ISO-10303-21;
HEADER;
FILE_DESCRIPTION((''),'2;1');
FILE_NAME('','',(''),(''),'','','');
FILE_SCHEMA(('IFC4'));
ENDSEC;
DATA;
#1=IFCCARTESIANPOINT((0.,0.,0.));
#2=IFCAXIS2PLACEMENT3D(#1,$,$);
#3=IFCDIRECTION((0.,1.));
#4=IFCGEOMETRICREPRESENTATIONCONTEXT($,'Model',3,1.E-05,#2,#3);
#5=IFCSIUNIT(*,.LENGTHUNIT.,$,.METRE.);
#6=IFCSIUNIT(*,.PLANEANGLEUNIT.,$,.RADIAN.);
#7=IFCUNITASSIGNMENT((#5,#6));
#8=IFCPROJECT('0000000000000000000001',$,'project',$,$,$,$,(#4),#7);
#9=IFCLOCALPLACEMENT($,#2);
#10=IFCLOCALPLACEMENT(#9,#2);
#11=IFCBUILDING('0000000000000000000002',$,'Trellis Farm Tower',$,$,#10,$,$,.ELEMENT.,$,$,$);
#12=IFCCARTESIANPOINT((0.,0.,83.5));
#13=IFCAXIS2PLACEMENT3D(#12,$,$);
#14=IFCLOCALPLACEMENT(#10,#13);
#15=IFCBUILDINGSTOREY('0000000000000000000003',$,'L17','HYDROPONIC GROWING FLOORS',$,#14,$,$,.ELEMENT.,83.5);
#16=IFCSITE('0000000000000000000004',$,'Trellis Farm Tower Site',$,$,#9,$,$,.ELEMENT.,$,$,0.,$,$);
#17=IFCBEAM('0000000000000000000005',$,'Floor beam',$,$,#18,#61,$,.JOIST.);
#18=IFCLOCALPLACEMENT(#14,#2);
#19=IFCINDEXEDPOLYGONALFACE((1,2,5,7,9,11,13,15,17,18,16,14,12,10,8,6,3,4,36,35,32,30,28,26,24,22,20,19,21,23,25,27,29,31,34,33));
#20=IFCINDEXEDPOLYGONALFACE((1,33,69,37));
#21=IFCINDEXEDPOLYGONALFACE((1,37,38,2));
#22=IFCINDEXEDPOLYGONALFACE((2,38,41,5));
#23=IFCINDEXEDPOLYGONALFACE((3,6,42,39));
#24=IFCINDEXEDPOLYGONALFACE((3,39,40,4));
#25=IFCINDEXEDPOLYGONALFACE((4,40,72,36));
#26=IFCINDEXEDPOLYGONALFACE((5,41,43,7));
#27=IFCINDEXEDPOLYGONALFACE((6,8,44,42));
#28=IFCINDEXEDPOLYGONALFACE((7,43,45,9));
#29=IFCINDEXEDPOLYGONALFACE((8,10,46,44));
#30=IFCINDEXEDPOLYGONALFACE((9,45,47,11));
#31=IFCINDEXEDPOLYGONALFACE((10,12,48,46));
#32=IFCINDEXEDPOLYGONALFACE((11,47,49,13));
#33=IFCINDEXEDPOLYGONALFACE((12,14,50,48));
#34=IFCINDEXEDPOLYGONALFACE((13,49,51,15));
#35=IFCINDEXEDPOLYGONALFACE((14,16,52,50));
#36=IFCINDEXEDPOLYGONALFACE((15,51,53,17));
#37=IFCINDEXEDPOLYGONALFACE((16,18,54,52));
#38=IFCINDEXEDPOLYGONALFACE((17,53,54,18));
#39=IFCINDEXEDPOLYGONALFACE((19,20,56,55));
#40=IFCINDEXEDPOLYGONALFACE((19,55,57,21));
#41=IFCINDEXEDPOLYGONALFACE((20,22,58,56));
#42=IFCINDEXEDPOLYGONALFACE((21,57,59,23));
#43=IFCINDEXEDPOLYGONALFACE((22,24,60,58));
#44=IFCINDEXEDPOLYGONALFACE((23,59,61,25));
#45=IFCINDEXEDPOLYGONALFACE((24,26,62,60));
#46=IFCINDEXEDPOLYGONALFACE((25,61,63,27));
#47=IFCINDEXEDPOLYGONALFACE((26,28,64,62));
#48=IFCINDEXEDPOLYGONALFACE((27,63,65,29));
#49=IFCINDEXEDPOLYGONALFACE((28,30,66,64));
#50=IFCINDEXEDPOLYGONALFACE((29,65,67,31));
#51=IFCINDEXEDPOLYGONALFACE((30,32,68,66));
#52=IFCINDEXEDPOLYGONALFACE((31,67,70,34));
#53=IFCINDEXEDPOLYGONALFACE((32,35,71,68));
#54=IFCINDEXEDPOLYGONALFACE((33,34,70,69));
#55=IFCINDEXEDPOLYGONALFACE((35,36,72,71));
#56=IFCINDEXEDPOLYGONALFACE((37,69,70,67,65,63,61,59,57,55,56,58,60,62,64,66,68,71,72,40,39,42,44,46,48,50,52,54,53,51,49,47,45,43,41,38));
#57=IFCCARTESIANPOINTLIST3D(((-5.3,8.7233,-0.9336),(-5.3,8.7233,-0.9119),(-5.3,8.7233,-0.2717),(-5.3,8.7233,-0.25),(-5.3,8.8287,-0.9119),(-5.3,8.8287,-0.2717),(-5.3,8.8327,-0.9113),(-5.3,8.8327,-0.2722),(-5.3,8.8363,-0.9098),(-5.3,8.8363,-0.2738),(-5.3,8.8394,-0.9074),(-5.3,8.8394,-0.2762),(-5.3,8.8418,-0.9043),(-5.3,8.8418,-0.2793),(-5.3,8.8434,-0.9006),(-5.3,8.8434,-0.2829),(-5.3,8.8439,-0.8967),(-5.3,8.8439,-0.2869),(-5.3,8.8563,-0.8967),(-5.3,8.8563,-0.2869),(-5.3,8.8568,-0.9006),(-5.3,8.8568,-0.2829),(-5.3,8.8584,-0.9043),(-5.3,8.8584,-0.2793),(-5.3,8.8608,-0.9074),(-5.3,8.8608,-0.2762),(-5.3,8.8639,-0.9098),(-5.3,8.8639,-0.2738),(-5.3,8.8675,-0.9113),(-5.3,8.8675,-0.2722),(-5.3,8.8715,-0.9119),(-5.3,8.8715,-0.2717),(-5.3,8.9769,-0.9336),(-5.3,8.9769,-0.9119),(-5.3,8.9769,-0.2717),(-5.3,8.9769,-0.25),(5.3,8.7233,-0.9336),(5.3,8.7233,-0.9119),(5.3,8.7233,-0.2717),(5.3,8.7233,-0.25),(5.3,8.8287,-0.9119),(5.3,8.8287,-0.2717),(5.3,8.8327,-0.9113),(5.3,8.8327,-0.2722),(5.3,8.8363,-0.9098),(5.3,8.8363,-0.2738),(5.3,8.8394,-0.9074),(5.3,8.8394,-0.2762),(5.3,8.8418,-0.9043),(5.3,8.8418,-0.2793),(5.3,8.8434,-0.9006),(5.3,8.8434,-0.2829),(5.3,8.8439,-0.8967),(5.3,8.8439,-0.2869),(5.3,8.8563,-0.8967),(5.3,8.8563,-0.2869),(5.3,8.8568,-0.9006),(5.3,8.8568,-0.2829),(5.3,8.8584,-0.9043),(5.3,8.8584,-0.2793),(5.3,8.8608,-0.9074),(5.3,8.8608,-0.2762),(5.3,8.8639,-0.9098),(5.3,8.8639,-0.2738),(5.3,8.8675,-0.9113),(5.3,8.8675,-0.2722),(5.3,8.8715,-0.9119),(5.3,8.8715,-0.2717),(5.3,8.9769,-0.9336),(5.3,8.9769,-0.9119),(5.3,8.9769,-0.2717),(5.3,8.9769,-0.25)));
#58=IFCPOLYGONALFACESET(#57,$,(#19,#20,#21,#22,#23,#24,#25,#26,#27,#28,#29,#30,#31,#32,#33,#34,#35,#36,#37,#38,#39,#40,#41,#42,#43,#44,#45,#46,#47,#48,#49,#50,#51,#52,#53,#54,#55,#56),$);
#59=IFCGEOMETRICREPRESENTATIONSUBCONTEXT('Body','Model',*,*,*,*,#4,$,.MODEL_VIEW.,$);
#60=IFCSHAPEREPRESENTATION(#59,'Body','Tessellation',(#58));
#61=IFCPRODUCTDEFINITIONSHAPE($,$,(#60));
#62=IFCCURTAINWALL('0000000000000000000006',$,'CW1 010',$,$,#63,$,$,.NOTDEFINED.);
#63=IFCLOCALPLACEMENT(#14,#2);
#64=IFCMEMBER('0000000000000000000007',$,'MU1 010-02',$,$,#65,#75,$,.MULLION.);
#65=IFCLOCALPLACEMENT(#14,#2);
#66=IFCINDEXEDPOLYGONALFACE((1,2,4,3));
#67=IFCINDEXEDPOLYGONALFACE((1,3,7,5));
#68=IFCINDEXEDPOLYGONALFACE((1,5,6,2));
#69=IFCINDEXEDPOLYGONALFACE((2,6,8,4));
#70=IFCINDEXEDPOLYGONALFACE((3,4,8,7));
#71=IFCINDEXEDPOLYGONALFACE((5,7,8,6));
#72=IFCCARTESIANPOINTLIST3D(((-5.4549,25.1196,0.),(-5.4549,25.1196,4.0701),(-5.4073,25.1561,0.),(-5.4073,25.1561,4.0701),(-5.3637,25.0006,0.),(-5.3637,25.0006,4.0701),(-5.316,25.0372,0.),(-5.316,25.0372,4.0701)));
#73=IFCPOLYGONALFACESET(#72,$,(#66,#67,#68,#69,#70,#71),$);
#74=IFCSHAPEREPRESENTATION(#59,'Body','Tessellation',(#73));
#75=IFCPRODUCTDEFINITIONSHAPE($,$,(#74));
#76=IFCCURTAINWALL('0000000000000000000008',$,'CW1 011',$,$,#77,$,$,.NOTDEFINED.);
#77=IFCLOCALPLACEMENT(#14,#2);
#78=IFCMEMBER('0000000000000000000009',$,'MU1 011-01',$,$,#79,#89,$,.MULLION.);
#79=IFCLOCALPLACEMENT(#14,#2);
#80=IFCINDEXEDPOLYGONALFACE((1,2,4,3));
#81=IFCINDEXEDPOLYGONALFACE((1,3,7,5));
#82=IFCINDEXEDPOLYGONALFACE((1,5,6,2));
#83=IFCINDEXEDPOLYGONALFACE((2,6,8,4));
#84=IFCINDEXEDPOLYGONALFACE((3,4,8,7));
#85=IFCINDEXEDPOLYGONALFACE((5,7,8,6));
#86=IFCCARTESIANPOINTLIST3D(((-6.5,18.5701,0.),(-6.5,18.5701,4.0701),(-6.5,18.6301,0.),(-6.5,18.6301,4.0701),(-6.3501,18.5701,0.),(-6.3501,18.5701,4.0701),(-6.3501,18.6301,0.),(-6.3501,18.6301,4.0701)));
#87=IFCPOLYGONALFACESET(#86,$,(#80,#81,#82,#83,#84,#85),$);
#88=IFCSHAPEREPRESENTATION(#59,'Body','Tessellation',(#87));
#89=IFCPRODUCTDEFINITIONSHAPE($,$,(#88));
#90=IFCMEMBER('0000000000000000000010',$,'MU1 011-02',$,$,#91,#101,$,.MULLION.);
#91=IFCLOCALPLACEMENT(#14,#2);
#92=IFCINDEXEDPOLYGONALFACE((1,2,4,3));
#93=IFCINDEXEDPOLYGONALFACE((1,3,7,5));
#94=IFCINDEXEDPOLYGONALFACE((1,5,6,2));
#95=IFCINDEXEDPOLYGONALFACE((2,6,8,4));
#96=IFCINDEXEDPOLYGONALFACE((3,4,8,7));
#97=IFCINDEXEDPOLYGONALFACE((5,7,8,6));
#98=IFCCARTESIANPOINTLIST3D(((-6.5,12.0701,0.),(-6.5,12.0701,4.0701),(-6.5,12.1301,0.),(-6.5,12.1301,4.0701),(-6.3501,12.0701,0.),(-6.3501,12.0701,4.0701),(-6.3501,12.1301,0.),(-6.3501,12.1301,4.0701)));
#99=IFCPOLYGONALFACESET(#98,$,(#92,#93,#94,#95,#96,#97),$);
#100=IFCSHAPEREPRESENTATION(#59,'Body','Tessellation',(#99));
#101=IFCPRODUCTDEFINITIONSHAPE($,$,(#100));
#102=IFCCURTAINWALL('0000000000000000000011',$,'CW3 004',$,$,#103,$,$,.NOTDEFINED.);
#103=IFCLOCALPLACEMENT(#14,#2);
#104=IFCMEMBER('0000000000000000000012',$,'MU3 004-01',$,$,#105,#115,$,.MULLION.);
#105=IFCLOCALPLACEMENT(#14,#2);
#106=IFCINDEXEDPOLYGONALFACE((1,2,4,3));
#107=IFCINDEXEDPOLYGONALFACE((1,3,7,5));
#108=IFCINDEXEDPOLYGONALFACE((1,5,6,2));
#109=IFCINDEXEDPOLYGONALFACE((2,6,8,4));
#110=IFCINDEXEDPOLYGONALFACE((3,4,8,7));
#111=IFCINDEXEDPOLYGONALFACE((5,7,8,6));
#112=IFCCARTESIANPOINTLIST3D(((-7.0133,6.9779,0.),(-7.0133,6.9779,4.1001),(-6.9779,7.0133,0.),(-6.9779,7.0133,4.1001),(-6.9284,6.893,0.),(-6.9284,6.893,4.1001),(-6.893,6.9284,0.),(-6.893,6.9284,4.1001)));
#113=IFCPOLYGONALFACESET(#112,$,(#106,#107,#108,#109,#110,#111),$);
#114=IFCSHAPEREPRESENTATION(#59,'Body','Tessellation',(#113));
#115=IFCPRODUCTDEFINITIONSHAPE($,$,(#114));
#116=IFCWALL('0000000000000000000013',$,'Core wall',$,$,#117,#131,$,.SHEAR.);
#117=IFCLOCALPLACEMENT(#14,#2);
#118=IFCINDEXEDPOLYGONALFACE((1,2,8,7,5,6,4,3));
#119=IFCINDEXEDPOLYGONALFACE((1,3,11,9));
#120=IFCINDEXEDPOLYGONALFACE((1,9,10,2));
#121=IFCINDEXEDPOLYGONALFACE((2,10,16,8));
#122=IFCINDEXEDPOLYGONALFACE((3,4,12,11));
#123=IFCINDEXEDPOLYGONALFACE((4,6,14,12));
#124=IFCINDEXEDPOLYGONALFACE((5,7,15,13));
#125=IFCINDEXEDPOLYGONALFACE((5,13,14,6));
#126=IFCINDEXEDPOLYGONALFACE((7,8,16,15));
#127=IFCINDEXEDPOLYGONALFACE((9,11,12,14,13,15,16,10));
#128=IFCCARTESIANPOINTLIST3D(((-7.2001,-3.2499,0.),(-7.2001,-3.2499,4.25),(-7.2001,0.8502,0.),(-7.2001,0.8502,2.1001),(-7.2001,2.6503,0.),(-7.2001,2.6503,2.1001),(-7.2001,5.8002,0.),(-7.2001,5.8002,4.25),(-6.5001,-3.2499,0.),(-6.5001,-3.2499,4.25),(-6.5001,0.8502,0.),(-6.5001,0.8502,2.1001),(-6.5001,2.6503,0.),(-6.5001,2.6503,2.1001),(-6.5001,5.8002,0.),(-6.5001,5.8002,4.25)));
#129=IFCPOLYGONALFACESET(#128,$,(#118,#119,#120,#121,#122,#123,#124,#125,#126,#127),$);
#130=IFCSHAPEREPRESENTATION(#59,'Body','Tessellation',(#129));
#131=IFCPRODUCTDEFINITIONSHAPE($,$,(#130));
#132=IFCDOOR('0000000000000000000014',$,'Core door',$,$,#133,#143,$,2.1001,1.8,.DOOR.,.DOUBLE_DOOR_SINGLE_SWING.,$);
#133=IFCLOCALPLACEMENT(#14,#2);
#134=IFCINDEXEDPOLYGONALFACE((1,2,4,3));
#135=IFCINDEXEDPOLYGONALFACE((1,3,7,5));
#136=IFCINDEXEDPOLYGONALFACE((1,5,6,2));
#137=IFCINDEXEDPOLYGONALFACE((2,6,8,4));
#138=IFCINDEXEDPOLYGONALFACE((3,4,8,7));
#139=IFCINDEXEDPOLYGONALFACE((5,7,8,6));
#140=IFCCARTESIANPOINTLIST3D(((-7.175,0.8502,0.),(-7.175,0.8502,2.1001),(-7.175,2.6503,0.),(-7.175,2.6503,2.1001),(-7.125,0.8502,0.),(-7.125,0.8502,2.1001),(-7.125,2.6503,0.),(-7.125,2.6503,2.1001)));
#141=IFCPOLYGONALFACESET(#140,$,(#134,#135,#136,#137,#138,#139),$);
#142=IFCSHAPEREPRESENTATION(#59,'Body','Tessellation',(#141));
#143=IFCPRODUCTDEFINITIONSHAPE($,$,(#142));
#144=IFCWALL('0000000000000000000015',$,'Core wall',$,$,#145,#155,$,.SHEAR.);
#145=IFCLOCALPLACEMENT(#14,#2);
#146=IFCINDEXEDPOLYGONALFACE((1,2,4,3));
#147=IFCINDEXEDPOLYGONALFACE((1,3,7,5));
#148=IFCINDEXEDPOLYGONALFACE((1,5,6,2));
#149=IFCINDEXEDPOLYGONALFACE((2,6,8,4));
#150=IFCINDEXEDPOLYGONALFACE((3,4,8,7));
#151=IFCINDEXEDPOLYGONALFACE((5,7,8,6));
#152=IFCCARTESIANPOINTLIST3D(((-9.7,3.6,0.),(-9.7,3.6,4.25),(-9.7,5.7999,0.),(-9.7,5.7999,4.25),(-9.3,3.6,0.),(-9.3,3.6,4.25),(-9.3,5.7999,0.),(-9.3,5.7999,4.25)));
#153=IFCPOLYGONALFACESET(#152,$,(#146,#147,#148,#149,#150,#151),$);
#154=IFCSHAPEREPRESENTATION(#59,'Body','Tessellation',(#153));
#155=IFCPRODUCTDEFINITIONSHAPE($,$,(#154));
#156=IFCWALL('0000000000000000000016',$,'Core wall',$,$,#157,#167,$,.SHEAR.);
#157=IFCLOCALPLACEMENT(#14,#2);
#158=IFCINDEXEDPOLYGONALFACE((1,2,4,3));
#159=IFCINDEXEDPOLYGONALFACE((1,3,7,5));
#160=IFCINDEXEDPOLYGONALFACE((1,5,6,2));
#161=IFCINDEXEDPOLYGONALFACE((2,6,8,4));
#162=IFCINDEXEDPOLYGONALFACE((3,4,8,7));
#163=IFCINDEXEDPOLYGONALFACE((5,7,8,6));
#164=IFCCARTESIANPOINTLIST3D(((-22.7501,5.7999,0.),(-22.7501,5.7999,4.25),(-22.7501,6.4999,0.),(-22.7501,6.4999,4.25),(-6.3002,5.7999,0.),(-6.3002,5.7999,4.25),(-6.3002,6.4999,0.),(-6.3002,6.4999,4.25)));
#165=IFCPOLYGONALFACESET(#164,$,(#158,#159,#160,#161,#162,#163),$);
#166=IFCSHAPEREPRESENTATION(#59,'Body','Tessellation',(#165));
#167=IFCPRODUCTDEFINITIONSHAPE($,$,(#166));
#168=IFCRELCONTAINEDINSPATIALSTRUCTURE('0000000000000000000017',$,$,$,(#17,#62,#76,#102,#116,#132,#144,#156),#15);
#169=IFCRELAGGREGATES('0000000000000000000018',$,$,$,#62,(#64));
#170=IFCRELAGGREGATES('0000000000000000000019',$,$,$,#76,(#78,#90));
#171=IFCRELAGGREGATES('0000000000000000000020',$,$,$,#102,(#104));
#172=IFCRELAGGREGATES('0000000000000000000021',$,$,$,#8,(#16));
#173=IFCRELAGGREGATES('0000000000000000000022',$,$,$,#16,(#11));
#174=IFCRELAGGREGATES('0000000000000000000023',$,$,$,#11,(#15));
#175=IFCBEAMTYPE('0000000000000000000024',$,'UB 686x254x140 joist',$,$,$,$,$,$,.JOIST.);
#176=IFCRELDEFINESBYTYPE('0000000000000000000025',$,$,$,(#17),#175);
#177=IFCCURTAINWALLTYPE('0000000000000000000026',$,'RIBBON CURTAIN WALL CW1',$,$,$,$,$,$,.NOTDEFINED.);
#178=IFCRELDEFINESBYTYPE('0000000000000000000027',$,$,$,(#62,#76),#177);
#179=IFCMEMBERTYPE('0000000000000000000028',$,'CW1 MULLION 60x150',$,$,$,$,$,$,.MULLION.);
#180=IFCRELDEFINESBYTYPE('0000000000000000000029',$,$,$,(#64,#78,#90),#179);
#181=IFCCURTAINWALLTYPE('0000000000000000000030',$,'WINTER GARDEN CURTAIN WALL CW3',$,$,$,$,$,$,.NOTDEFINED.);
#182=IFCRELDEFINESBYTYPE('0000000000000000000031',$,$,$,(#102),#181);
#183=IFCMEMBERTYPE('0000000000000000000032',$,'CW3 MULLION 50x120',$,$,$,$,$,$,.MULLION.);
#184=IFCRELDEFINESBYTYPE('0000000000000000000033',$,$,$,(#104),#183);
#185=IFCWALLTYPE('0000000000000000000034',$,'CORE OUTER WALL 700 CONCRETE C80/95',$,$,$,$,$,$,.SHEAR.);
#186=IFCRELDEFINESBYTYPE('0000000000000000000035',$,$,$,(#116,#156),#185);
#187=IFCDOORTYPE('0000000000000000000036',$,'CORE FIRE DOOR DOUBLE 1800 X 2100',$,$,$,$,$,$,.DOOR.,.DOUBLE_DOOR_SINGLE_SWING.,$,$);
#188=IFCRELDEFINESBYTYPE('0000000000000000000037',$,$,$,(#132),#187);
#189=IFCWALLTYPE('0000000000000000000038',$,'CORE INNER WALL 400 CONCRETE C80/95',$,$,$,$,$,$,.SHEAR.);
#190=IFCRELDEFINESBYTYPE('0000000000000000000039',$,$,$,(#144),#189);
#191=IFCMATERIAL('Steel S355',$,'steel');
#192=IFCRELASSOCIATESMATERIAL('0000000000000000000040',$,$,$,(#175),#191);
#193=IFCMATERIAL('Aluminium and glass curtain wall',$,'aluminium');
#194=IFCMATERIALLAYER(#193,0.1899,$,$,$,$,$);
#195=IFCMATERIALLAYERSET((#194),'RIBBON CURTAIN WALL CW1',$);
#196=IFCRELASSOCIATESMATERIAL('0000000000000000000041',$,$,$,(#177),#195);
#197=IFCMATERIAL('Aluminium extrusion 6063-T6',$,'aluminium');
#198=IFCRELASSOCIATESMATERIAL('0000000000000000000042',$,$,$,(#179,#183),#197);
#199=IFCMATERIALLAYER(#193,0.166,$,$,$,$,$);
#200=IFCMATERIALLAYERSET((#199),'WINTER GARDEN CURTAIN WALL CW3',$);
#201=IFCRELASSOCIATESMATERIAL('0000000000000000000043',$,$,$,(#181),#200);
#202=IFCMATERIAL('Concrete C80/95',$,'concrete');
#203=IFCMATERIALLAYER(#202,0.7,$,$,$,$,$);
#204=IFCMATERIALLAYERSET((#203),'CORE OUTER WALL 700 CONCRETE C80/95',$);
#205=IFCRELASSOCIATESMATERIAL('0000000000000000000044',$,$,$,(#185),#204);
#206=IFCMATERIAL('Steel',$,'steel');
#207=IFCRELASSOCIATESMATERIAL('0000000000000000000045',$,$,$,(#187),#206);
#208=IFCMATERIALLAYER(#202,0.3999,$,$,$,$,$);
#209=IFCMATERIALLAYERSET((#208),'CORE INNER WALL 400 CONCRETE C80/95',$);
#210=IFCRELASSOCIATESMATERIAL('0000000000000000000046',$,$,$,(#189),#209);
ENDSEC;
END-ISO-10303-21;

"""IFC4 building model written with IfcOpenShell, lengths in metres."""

from ifc_helpers import new_model, si_unit, direction, frame, frame_2d, origin, origin_2d, place, context, subcontext, project, spatial, rectangle, i_section, extrude, source, transform, mapped, material, layer, layer_set, material_profile, profile_set, type_object, element, fill, aggregate, save


model = new_model("IFC4")

# Units and contexts
model_context = context("Model", 3, precision=1e-05, world=origin(), true_north=direction((0.0, 1.0)))
body_context = subcontext(model_context, "Body", "Model", "MODEL_VIEW")
ifc_project = project(units=[si_unit("LENGTHUNIT", "METRE"), si_unit("PLANEANGLEUNIT", "RADIAN")], contexts=[model_context])

# Site, building, storey
site_placement = place(None, origin())
site = spatial("IfcSite", under=ifc_project, at=site_placement, Name="Trellis Farm Tower Site", CompositionType="ELEMENT", RefElevation=0.0)
building_placement = place(site_placement, origin())
building = spatial("IfcBuilding", under=site, at=building_placement, Name="Trellis Farm Tower", CompositionType="ELEMENT")
storey_placement = place(building_placement, frame((0.0, 0.0, 83.5)))
storey = spatial("IfcBuildingStorey", under=building, at=storey_placement, Name="L17", Description="HYDROPONIC GROWING FLOORS", CompositionType="ELEMENT", Elevation=83.5)

# Shared definitions
ifc_material_1 = material(Name="Concrete C80/95", Category="concrete")

# Beam
ifc_material_2 = material(Name="Steel S355", Category="steel")
ifc_material_profile_1 = material_profile(ifc_material_2, i_section(OverallWidth=0.2537, OverallDepth=0.6836, WebThickness=0.0125, FlangeThickness=0.0217, FilletRadius=0.0151, at=origin_2d()), Name="UB 686x254x140")
ifc_profile_set_1 = profile_set([ifc_material_profile_1], Name="Steel S355")
beam_type_1 = type_object("IfcBeamType", Name="UB 686x254x140 joist", PredefinedType="JOIST", material=ifc_profile_set_1)
shared_shape_1 = source(origin(), body_context, "Body", "SweptSolid", [
    extrude(i_section(OverallWidth=0.2537, OverallDepth=0.6836, WebThickness=0.0125, FlangeThickness=0.0217, FilletRadius=0.0151, at=origin_2d()), origin(), (0.0, 0.0, 1.0), 10.6001),
])
beam_1_placement = place(storey_placement, frame((-5.3, 8.8501, -0.5918), z_axis=(1.0, 0.0, 0.0), x_axis=(0.0, 1.0, 0.0)))
element("IfcBeam", 1, at=beam_1_placement, inside=storey, type_object=beam_type_1, Name="Floor beam", PredefinedType="JOIST", context=body_context, shape_type="MappedRepresentation", body=[
    mapped(shared_shape_1, transform((0.0, 0.0, 0.0))),
])

# Curtain wall, member
ifc_material_3 = material(Name="Aluminium and glass curtain wall", Category="aluminium")
ifc_layer_1 = layer(ifc_material_3, 0.1899)
ifc_layer_set_1 = layer_set([ifc_layer_1], Name="RIBBON CURTAIN WALL CW1")
curtain_wall_type_1 = type_object("IfcCurtainWallType", Name="RIBBON CURTAIN WALL CW1", PredefinedType="NOTDEFINED", material=ifc_layer_set_1)
placement = place(storey_placement, origin())
curtain_wall_1 = element("IfcCurtainWall", 2, at=placement, inside=storey, type_object=curtain_wall_type_1, Name="CW1 010", PredefinedType="NOTDEFINED")
ifc_material_4 = material(Name="Aluminium extrusion 6063-T6", Category="aluminium")
ifc_material_profile_2 = material_profile(ifc_material_4, rectangle(XDim=0.0601, YDim=0.1499, at=origin_2d()), Name="MULLION 60x150")
ifc_profile_set_2 = profile_set([ifc_material_profile_2], Name="Aluminium extrusion 6063-T6")
member_type_1 = type_object("IfcMemberType", Name="CW1 MULLION 60x150", PredefinedType="MULLION", material=ifc_profile_set_2)
shared_shape_2 = source(origin(), body_context, "Body", "SweptSolid", [
    extrude(rectangle(XDim=0.0601, YDim=0.1499, at=origin_2d()), origin(), (0.0, 0.0, 1.0), 4.0701),
])
member_1_placement = place(storey_placement, frame((-5.3855, 25.0784, 0.0), z_axis=(0.0, 0.0, 1.0), x_axis=(-0.793353, -0.608761, 0.0)))
member_1 = element("IfcMember", 3, at=member_1_placement, type_object=member_type_1, Name="MU1 010-02", PredefinedType="MULLION", context=body_context, shape_type="MappedRepresentation", body=[
    mapped(shared_shape_2, transform((0.0, 0.0, 0.0))),
])
aggregate(curtain_wall_1, [member_1])

# Curtain wall, members
curtain_wall_2 = element("IfcCurtainWall", 4, at=placement, inside=storey, type_object=curtain_wall_type_1, Name="CW1 011", PredefinedType="NOTDEFINED")
member_2_placement = place(storey_placement, frame((-6.425, 18.6001, 0.0), z_axis=(0.0, 0.0, 1.0), x_axis=(0.0, -1.0, 0.0)))
member_2 = element("IfcMember", 5, at=member_2_placement, type_object=member_type_1, Name="MU1 011-01", PredefinedType="MULLION", context=body_context, shape_type="MappedRepresentation", body=[
    mapped(shared_shape_2, transform((0.0, 0.0, 0.0))),
])
member_3_placement = place(storey_placement, frame((-6.425, 12.1001, 0.0), z_axis=(0.0, 0.0, 1.0), x_axis=(0.0, -1.0, 0.0)))
member_3 = element("IfcMember", 6, at=member_3_placement, type_object=member_type_1, Name="MU1 011-02", PredefinedType="MULLION", context=body_context, shape_type="MappedRepresentation", body=[
    mapped(shared_shape_2, transform((0.0, 0.0, 0.0))),
])
aggregate(curtain_wall_2, [member_2, member_3])

# Curtain wall, member
ifc_layer_2 = layer(ifc_material_3, 0.166)
ifc_layer_set_2 = layer_set([ifc_layer_2], Name="WINTER GARDEN CURTAIN WALL CW3")
curtain_wall_type_2 = type_object("IfcCurtainWallType", Name="WINTER GARDEN CURTAIN WALL CW3", PredefinedType="NOTDEFINED", material=ifc_layer_set_2)
curtain_wall_3 = element("IfcCurtainWall", 7, at=placement, inside=storey, type_object=curtain_wall_type_2, Name="CW3 004", PredefinedType="NOTDEFINED")
ifc_material_profile_3 = material_profile(ifc_material_4, rectangle(XDim=0.05, YDim=0.1201, at=origin_2d()), Name="MULLION 50x120")
ifc_profile_set_3 = profile_set([ifc_material_profile_3], Name="Aluminium extrusion 6063-T6")
member_type_2 = type_object("IfcMemberType", Name="CW3 MULLION 50x120", PredefinedType="MULLION", material=ifc_profile_set_3)
shared_shape_3 = source(origin(), body_context, "Body", "SweptSolid", [
    extrude(rectangle(XDim=0.05, YDim=0.1201, at=origin_2d()), origin(), (0.0, 0.0, 1.0), 4.1001),
])
member_4_placement = place(storey_placement, frame((-6.9531, 6.9531, 0.0), z_axis=(0.0, 0.0, 1.0), x_axis=(-0.707107, -0.707107, 0.0)))
member_4 = element("IfcMember", 8, at=member_4_placement, type_object=member_type_2, Name="MU3 004-01", PredefinedType="MULLION", context=body_context, shape_type="MappedRepresentation", body=[
    mapped(shared_shape_3, transform((0.0, 0.0, 0.0))),
])
aggregate(curtain_wall_3, [member_4])

# Wall, opening, door
ifc_layer_3 = layer(ifc_material_1, 0.7)
ifc_layer_set_3 = layer_set([ifc_layer_3], Name="CORE OUTER WALL 700 CONCRETE C80/95")
wall_type_1 = type_object("IfcWallType", Name="CORE OUTER WALL 700 CONCRETE C80/95", PredefinedType="SHEAR", material=ifc_layer_set_3)
shared_shape_4 = source(origin(), body_context, "Body", "SweptSolid", [
    extrude(rectangle(XDim=9.05, YDim=0.7, at=frame_2d((4.5249, 0.0))), origin(), (0.0, 0.0, 1.0), 4.25),
])
wall_1_placement = place(storey_placement, frame((-6.8501, 5.8, 0.0), z_axis=(0.0, 0.0, 1.0), x_axis=(0.0, -1.0, 0.0)))
wall_1 = element("IfcWall", 9, at=wall_1_placement, inside=storey, type_object=wall_type_1, Name="Core wall", PredefinedType="SHEAR", context=body_context, shape_type="MappedRepresentation", body=[
    mapped(shared_shape_4, transform((0.0, 0.0, 0.0))),
])
shared_shape_5 = source(origin(), body_context, "Body", "SweptSolid", [
    extrude(rectangle(XDim=1.8, YDim=2.1001, at=frame_2d((0.8999, 1.05))), frame((0.0, 0.3601, 0.0), z_axis=(0.0, -1.0, 0.0), x_axis=(1.0, 0.0, 0.0)), (0.0, 0.0, 1.0), 0.7202),
])
opening_1_placement = place(wall_1_placement, frame((3.1499, 0.0, 0.0)))
opening_1 = element("IfcOpeningElement", 10, at=opening_1_placement, cuts=wall_1, PredefinedType="OPENING", context=body_context, shape_type="MappedRepresentation", body=[
    mapped(shared_shape_5, transform((0.0, 0.0, 0.0))),
])
ifc_material_5 = material(Name="Steel", Category="steel")
door_type_1 = type_object("IfcDoorType", Name="CORE FIRE DOOR DOUBLE 1800 X 2100", OperationType="DOUBLE_DOOR_SINGLE_SWING", PredefinedType="DOOR", material=ifc_material_5)
shared_shape_6 = source(origin(), body_context, "Body", "SweptSolid", [
    extrude(rectangle(XDim=1.8, YDim=2.1001, at=frame_2d((0.8999, 1.05))), frame((0.0, -0.2749, 0.0), z_axis=(0.0, -1.0, 0.0), x_axis=(1.0, 0.0, 0.0)), (0.0, 0.0, 1.0), 0.05),
])
door_1_placement = place(opening_1_placement, origin())
door_1 = element("IfcDoor", 11, at=door_1_placement, inside=storey, type_object=door_type_1, Name="Core door", OperationType="DOUBLE_DOOR_SINGLE_SWING", OverallHeight=2.1001, OverallWidth=1.8, PredefinedType="DOOR", context=body_context, shape_type="MappedRepresentation", body=[
    mapped(shared_shape_6, transform((0.0, 0.0, 0.0))),
])
fill(opening_1, door_1)

# Walls
ifc_layer_4 = layer(ifc_material_1, 0.3999)
ifc_layer_set_4 = layer_set([ifc_layer_4], Name="CORE INNER WALL 400 CONCRETE C80/95")
wall_type_2 = type_object("IfcWallType", Name="CORE INNER WALL 400 CONCRETE C80/95", PredefinedType="SHEAR", material=ifc_layer_set_4)
shared_shape_7 = source(origin(), body_context, "Body", "SweptSolid", [
    extrude(rectangle(XDim=2.2, YDim=0.3999, at=frame_2d((1.1001, 0.0))), origin(), (0.0, 0.0, 1.0), 4.25),
])
wall_2_placement = place(storey_placement, frame((-9.5, 5.8, 0.0), z_axis=(0.0, 0.0, 1.0), x_axis=(0.0, -1.0, 0.0)))
element("IfcWall", 12, at=wall_2_placement, inside=storey, type_object=wall_type_2, Name="Core wall", PredefinedType="SHEAR", context=body_context, shape_type="MappedRepresentation", body=[
    mapped(shared_shape_7, transform((0.0, 0.0, 0.0))),
])
shared_shape_8 = source(origin(), body_context, "Body", "SweptSolid", [
    extrude(rectangle(XDim=16.45, YDim=0.7, at=frame_2d((8.2251, 0.0))), origin(), (0.0, 0.0, 1.0), 4.25),
])
wall_3_placement = place(storey_placement, frame((-6.3, 6.1499, 0.0), z_axis=(0.0, 0.0, 1.0), x_axis=(-1.0, 0.0, 0.0)))
element("IfcWall", 13, at=wall_3_placement, inside=storey, type_object=wall_type_1, Name="Core wall", PredefinedType="SHEAR", context=body_context, shape_type="MappedRepresentation", body=[
    mapped(shared_shape_8, transform((0.0, 0.0, 0.0))),
])

save(model, "model.ifc")
